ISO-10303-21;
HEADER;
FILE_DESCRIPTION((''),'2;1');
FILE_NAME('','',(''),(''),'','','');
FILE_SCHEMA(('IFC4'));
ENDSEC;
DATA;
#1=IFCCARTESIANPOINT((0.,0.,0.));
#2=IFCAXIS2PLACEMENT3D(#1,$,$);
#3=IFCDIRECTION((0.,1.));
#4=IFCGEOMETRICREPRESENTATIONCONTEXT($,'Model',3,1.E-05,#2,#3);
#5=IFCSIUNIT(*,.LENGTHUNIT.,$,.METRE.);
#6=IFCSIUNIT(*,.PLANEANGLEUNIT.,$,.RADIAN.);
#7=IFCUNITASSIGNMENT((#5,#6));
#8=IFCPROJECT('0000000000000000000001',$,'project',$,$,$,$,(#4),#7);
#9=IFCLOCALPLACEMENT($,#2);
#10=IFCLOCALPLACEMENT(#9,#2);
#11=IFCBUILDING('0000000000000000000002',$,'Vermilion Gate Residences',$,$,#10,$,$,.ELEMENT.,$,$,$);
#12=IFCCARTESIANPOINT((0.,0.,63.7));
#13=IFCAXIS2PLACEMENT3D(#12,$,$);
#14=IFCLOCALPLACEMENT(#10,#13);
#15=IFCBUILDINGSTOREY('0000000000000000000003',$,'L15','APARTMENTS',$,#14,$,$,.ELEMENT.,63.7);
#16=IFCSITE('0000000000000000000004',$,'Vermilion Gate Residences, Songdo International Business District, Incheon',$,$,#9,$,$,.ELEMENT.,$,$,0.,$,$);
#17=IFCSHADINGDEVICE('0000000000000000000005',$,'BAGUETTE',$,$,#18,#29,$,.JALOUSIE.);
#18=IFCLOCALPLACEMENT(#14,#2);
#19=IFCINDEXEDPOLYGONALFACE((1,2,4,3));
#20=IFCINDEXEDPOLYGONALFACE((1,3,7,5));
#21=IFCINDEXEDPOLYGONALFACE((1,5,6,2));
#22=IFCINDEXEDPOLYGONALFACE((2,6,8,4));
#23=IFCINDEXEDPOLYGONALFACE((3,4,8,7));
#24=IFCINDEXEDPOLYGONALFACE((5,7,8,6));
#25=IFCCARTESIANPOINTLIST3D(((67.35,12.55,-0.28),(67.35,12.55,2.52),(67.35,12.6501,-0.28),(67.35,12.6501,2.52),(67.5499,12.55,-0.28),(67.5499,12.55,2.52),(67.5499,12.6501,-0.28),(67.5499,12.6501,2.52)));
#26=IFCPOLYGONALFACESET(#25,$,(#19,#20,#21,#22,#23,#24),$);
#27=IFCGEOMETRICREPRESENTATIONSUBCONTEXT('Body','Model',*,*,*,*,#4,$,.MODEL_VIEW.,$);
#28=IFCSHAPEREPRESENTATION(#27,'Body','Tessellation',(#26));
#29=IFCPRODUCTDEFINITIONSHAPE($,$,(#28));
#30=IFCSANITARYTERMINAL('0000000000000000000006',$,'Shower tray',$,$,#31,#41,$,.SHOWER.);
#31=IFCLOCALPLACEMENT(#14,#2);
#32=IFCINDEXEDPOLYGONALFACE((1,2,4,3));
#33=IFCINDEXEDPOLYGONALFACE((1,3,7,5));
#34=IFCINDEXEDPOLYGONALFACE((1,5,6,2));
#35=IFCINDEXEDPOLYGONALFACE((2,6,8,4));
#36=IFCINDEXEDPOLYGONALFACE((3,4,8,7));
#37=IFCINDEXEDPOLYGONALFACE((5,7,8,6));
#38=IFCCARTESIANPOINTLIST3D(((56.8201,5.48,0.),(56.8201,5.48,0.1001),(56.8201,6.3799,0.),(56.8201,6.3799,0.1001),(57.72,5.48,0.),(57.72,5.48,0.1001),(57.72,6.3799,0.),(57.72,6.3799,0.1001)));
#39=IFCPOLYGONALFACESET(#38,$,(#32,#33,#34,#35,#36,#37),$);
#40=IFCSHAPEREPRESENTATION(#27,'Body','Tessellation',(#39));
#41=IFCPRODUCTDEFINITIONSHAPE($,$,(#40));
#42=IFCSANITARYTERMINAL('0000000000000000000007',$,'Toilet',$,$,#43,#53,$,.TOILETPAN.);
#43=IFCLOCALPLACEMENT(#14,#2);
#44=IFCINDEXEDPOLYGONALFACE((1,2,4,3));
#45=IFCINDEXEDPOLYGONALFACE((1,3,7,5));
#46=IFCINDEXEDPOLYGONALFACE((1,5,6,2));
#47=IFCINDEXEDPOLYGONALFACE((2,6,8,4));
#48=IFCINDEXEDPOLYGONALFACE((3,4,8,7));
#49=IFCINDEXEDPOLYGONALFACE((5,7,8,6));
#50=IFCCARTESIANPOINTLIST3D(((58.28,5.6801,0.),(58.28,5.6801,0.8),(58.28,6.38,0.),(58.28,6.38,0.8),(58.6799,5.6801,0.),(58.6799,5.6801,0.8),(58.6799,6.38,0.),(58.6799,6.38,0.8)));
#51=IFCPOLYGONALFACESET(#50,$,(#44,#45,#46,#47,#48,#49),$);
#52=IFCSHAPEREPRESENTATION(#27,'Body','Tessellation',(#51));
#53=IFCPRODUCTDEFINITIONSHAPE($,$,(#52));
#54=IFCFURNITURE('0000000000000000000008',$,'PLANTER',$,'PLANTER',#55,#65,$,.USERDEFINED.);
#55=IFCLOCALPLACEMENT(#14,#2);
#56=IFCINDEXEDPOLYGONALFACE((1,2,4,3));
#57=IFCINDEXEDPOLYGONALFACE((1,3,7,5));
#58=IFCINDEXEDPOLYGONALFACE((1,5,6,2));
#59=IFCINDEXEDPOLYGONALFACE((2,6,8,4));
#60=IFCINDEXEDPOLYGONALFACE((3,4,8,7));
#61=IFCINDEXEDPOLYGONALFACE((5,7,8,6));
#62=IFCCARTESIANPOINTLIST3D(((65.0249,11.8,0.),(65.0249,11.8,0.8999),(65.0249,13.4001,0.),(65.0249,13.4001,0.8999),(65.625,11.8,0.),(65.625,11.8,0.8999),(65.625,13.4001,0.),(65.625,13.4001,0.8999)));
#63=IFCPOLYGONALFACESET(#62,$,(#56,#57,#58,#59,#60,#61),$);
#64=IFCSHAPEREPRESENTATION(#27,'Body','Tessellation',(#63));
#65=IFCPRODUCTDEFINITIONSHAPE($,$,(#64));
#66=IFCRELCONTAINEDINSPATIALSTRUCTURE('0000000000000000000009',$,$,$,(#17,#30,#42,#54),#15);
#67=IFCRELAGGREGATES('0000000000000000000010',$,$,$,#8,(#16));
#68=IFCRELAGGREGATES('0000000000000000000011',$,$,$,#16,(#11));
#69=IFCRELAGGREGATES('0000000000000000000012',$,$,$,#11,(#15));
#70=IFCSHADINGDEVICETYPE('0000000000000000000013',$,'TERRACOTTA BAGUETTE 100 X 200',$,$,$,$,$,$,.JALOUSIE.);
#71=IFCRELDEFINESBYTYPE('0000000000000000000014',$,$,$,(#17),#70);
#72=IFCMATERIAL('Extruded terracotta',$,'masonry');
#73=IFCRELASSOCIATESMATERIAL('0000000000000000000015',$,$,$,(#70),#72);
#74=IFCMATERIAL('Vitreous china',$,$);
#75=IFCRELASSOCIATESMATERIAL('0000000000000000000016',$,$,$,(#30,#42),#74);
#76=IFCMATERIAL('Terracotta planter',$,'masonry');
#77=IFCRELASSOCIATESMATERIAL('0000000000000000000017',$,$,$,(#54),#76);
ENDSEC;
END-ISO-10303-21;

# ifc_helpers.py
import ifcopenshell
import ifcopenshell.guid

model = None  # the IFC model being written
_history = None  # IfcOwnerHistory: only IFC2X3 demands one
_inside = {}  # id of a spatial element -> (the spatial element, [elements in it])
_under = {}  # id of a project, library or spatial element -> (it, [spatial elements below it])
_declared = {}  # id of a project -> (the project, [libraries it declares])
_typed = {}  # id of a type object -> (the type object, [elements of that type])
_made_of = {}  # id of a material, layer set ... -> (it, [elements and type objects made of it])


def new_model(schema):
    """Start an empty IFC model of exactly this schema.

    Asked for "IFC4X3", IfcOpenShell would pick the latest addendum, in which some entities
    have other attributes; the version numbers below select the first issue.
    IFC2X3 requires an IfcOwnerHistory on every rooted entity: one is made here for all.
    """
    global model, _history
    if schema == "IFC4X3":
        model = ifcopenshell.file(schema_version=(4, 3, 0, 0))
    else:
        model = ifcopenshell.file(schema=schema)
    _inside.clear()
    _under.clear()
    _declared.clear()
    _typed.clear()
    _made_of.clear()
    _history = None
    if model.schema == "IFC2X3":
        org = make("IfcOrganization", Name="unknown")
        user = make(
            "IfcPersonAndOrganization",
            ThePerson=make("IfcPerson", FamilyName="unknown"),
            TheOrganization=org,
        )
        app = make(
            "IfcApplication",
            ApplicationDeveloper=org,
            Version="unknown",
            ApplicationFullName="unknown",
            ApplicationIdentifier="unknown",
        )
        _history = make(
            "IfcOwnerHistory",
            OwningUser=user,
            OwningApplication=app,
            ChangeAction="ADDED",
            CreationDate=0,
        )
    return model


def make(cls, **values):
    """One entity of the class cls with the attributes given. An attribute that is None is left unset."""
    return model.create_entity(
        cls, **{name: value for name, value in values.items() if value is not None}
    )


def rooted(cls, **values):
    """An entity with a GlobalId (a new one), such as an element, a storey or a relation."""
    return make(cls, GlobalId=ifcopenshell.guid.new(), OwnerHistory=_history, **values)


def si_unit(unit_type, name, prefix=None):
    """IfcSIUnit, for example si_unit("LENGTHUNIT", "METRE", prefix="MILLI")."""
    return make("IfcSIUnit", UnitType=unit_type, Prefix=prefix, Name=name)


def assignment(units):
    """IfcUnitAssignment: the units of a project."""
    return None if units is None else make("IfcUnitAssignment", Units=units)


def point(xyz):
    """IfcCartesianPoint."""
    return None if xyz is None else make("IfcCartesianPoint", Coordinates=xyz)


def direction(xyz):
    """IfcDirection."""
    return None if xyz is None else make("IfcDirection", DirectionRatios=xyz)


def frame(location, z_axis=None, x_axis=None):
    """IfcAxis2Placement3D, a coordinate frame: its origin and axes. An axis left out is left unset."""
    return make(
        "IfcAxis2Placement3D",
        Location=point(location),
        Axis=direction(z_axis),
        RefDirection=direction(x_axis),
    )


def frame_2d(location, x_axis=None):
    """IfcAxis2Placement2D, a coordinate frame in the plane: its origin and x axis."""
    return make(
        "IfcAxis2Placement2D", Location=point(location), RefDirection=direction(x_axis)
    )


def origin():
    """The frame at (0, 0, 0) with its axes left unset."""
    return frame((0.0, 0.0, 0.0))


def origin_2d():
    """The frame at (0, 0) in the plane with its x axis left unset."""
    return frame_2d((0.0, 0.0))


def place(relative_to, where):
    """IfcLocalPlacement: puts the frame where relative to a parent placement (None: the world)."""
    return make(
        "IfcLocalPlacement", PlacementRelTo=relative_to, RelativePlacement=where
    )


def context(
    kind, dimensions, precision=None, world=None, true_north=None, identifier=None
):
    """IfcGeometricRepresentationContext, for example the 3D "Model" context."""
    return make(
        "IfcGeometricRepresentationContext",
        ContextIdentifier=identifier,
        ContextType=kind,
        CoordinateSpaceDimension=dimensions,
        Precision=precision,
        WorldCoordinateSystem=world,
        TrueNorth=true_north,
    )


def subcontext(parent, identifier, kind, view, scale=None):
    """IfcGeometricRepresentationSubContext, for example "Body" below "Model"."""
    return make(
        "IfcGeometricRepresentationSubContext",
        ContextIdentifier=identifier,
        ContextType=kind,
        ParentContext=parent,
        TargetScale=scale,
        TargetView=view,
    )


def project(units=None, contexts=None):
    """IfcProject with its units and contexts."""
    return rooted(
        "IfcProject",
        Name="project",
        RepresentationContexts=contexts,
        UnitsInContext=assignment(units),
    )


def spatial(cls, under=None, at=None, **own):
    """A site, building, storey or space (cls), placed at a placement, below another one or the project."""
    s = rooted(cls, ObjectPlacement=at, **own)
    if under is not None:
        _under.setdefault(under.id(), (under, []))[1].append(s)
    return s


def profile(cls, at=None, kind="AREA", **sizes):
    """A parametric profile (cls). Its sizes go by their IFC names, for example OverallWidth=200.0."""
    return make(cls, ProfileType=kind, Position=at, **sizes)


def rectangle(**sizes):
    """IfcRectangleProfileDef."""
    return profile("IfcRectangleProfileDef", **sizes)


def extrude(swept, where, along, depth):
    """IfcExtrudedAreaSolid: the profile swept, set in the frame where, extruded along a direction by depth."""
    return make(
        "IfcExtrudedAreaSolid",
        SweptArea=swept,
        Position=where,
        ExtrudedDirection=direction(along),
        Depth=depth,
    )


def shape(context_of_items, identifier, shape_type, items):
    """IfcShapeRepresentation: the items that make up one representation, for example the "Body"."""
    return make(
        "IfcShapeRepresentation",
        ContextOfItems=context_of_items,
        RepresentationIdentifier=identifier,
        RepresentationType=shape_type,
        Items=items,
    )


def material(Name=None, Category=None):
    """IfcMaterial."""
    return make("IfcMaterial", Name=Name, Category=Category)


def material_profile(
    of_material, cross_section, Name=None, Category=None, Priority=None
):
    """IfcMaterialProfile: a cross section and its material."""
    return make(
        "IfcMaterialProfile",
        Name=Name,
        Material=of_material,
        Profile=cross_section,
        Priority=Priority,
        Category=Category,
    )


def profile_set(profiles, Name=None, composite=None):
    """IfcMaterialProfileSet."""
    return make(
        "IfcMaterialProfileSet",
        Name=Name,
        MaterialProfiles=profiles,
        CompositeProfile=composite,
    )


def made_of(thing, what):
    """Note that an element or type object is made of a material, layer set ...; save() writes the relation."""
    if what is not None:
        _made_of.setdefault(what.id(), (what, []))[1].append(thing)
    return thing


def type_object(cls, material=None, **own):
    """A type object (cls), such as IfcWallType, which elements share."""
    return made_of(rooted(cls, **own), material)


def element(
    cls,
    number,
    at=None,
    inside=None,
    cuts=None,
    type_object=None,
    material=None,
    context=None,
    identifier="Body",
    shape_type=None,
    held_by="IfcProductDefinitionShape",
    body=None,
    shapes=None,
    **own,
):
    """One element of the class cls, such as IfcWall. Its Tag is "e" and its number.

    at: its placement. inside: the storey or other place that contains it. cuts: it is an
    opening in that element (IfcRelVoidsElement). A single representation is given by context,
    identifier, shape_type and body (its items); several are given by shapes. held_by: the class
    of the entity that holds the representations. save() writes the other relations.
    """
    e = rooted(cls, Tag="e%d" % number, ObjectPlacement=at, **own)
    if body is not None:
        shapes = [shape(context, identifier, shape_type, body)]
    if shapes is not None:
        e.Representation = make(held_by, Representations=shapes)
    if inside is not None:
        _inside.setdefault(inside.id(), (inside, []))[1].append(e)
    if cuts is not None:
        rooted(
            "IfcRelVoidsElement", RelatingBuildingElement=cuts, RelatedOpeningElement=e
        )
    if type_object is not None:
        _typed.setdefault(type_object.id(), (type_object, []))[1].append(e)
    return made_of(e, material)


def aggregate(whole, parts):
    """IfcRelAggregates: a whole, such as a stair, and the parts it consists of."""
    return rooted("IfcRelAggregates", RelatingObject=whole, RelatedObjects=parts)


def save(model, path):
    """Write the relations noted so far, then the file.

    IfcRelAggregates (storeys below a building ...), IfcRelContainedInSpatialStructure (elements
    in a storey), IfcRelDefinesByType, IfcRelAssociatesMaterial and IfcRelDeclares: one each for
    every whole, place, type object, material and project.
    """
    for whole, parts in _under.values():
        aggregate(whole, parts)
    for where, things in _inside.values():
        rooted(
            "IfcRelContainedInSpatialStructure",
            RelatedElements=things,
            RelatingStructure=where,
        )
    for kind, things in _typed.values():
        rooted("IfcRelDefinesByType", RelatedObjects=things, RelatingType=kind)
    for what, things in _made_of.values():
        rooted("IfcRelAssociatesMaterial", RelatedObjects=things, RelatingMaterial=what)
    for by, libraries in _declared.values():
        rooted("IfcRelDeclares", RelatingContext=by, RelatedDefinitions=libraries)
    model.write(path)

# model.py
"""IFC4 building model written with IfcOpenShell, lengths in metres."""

from ifc_helpers import new_model, si_unit, direction, frame, origin, origin_2d, place, context, subcontext, project, spatial, rectangle, extrude, material, material_profile, profile_set, type_object, element, save


model = new_model("IFC4")

# Units and contexts
model_context = context("Model", 3, precision=1e-05, world=origin(), true_north=direction((0.0, 1.0)))
body_context = subcontext(model_context, "Body", "Model", "MODEL_VIEW")
ifc_project = project(units=[si_unit("LENGTHUNIT", "METRE"), si_unit("PLANEANGLEUNIT", "RADIAN")], contexts=[model_context])

# Site, building, storey
site_placement = place(None, origin())
site = spatial("IfcSite", under=ifc_project, at=site_placement, Name="Vermilion Gate Residences, Songdo International Business District, Incheon", CompositionType="ELEMENT", RefElevation=0.0)
building_placement = place(site_placement, origin())
building = spatial("IfcBuilding", under=site, at=building_placement, Name="Vermilion Gate Residences", CompositionType="ELEMENT")
storey_placement = place(building_placement, frame((0.0, 0.0, 63.7)))
storey = spatial("IfcBuildingStorey", under=building, at=storey_placement, Name="L15", Description="APARTMENTS", CompositionType="ELEMENT", Elevation=63.7)

# Shading device
ifc_material_1 = material(Name="Extruded terracotta", Category="masonry")
ifc_material_profile_1 = material_profile(ifc_material_1, rectangle(XDim=0.2, YDim=0.1001, at=origin_2d()), Name="BAGUETTE 100 X 200")
ifc_profile_set_1 = profile_set([ifc_material_profile_1], Name="Extruded terracotta")
shading_device_type_1 = type_object("IfcShadingDeviceType", Name="TERRACOTTA BAGUETTE 100 X 200", PredefinedType="JALOUSIE", material=ifc_profile_set_1)
shading_device_1_placement = place(storey_placement, frame((67.45, 12.6001, -0.28), z_axis=(0.0, 0.0, 1.0), x_axis=(-1.0, 0.0, 0.0)))
element("IfcShadingDevice", 1, at=shading_device_1_placement, inside=storey, type_object=shading_device_type_1, Name="BAGUETTE", PredefinedType="JALOUSIE", context=body_context, shape_type="SweptSolid", body=[
    extrude(rectangle(XDim=0.2, YDim=0.1001, at=origin_2d()), origin(), (0.0, 0.0, 1.0), 2.8),
])

# Sanitary terminals
ifc_material_2 = material(Name="Vitreous china")
sanitary_terminal_1_placement = place(storey_placement, frame((57.27, 5.9299, 0.0), z_axis=(0.0, 0.0, 1.0), x_axis=(1.0, 0.0, 0.0)))
element("IfcSanitaryTerminal", 2, at=sanitary_terminal_1_placement, inside=storey, material=ifc_material_2, Name="Shower tray", PredefinedType="SHOWER", context=body_context, shape_type="SweptSolid", body=[
    extrude(rectangle(XDim=0.8999, YDim=0.8999, at=origin_2d()), origin(), (0.0, 0.0, 1.0), 0.1001),
])
sanitary_terminal_2_placement = place(storey_placement, frame((58.48, 6.03, 0.0), z_axis=(0.0, 0.0, 1.0), x_axis=(1.0, 0.0, 0.0)))
element("IfcSanitaryTerminal", 3, at=sanitary_terminal_2_placement, inside=storey, material=ifc_material_2, Name="Toilet", PredefinedType="TOILETPAN", context=body_context, shape_type="SweptSolid", body=[
    extrude(rectangle(XDim=0.3999, YDim=0.7, at=origin_2d()), origin(), (0.0, 0.0, 1.0), 0.8),
])

# Furniture
ifc_material_3 = material(Name="Terracotta planter", Category="masonry")
furniture_placement = place(storey_placement, frame((65.325, 12.6001, 0.0), z_axis=(0.0, 0.0, 1.0), x_axis=(0.0, 1.0, 0.0)))
element("IfcFurniture", 4, at=furniture_placement, inside=storey, material=ifc_material_3, Name="PLANTER", ObjectType="PLANTER", PredefinedType="USERDEFINED", context=body_context, shape_type="SweptSolid", body=[
    extrude(rectangle(XDim=1.6001, YDim=0.6001, at=origin_2d()), origin(), (0.0, 0.0, 1.0), 0.8999),
])

save(model, "model.ifc")
